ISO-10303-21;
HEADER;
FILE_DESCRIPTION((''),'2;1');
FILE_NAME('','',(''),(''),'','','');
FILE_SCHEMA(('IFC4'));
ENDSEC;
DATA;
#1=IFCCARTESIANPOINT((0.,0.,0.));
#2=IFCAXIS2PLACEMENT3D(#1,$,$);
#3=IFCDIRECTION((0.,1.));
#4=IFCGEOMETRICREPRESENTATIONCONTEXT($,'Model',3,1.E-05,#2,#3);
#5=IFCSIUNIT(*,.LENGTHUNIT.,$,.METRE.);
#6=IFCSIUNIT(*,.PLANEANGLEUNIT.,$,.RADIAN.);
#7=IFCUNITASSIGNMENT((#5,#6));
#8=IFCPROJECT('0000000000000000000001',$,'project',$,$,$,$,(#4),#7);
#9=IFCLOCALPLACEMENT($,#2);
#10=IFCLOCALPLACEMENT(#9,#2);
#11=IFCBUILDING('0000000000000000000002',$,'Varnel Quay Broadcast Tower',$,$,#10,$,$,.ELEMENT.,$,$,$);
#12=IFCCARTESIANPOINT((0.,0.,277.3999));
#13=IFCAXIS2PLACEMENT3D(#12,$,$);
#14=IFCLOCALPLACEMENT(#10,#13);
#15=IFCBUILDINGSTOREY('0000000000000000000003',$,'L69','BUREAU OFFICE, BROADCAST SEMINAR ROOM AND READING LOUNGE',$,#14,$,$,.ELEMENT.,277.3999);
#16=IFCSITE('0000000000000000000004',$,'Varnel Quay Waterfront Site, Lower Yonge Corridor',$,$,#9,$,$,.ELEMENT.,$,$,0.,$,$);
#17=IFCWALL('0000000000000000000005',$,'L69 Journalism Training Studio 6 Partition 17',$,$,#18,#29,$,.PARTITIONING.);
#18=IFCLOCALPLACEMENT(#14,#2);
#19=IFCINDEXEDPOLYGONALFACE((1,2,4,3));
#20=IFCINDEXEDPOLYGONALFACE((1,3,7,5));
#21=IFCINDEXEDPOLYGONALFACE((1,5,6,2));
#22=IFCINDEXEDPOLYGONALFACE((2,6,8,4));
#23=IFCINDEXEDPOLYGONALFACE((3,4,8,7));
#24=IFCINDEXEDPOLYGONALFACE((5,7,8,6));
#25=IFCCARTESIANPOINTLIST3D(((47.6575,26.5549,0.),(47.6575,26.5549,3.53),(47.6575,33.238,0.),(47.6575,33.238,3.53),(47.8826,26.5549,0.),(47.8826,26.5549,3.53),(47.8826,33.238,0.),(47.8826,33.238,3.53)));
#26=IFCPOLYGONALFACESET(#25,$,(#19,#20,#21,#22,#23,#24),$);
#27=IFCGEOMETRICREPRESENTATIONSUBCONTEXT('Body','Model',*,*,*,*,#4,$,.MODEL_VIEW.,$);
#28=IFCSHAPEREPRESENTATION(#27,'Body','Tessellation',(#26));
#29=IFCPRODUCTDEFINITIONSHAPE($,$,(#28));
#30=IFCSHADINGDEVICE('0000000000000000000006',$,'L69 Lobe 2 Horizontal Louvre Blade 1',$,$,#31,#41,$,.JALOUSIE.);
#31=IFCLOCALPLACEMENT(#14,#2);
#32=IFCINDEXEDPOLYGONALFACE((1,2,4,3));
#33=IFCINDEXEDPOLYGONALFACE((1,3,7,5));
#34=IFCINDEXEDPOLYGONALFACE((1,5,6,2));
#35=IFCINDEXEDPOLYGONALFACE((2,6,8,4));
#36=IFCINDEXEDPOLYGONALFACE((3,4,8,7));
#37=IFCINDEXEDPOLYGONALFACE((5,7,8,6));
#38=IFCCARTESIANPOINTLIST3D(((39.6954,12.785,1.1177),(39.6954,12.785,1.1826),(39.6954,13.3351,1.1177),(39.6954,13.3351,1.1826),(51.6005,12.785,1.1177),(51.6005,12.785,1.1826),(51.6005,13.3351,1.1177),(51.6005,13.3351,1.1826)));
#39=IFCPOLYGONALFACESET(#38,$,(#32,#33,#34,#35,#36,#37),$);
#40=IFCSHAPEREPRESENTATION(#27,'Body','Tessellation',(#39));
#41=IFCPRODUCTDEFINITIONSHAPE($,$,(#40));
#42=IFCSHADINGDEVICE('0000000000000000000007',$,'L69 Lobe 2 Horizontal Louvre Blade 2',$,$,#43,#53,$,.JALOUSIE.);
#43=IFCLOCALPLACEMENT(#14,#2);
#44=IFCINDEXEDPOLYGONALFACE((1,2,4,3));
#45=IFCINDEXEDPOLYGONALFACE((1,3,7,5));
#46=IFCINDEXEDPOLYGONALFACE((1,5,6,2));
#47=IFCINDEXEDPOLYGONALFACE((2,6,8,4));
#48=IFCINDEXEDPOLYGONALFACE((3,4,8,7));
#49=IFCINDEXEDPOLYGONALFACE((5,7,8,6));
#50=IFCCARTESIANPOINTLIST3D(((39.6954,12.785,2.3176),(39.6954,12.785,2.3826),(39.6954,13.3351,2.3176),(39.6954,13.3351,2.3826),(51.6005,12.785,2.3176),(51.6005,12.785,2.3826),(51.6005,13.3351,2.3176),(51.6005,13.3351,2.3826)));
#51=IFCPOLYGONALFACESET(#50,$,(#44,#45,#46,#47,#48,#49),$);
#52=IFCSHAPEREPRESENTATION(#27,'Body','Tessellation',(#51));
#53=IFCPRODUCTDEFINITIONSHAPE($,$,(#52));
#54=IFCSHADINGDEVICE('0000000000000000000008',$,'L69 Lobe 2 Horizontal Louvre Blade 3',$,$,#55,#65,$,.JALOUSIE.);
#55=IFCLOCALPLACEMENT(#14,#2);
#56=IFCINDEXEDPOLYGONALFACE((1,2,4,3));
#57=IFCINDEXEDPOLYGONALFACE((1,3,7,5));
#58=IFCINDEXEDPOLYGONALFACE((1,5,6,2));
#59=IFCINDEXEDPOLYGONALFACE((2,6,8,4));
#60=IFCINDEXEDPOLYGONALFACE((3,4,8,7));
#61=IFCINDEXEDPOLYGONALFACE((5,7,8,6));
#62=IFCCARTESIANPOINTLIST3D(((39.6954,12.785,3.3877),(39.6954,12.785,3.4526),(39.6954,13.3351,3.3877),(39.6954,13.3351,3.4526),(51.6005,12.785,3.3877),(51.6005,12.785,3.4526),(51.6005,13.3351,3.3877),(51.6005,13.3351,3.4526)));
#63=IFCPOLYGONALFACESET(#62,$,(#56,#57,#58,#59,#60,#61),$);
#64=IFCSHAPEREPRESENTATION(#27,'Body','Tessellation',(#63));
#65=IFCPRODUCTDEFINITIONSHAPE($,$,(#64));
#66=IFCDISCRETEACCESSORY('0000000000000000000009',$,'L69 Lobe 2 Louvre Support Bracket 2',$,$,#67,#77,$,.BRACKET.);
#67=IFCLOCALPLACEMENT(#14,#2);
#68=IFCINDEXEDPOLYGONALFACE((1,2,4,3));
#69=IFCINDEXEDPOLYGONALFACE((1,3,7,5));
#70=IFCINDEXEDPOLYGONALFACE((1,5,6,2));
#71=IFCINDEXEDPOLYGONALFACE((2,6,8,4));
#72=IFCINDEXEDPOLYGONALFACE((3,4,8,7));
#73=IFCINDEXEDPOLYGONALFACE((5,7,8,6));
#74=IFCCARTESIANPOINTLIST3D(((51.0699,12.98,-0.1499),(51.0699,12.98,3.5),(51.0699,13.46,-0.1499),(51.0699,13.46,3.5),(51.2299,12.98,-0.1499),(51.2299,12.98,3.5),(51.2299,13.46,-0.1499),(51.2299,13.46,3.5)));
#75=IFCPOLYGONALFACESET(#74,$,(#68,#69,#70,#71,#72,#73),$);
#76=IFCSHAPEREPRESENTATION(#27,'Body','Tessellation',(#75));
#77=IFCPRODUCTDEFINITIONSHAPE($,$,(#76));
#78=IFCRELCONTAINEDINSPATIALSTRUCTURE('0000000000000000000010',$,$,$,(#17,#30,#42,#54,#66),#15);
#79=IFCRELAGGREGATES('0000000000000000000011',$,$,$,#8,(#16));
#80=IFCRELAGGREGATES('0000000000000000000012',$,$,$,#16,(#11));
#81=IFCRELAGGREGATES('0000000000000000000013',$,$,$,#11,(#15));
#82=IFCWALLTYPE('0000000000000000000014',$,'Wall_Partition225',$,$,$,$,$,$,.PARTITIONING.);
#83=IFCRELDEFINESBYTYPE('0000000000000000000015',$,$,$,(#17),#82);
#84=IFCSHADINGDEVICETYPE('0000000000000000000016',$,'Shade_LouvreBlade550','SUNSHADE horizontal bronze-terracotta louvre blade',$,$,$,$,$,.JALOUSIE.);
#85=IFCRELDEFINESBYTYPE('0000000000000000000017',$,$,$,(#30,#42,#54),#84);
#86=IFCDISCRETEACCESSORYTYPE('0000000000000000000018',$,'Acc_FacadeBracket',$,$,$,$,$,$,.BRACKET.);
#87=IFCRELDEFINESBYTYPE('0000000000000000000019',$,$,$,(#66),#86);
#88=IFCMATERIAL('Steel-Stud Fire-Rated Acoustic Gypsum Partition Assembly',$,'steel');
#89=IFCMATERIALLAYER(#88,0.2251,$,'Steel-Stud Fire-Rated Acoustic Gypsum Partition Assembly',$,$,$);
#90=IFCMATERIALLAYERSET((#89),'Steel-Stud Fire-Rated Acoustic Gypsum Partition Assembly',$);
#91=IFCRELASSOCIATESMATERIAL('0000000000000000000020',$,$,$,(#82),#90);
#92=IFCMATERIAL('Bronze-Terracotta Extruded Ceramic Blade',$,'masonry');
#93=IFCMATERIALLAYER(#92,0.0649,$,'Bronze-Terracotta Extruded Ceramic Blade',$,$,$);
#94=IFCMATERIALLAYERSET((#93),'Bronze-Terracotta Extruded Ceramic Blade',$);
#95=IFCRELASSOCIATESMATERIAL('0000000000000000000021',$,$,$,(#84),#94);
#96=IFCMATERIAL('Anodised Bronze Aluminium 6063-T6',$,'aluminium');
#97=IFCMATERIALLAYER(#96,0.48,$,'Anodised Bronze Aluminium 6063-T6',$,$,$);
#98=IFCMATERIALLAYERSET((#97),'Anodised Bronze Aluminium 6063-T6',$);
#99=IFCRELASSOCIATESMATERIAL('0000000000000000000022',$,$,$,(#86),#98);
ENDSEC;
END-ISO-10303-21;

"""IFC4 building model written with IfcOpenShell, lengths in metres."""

from ifc_helpers import new_model, si_unit, direction, frame, frame_2d, origin, origin_2d, place, context, subcontext, project, spatial, rectangle, extrude, source, transform, mapped, material, layer, layer_set, type_object, type_shapes, element, save


model = new_model("IFC4")

# Units and contexts
model_context = context("Model", 3, precision=1e-05, world=origin(), true_north=direction((0.0, 1.0)))
body_context = subcontext(model_context, "Body", "Model", "MODEL_VIEW")
ifc_project = project(units=[si_unit("LENGTHUNIT", "METRE"), si_unit("PLANEANGLEUNIT", "RADIAN")], contexts=[model_context])

# Site, building, storey
site_placement = place(None, origin())
site = spatial("IfcSite", under=ifc_project, at=site_placement, Name="Varnel Quay Waterfront Site, Lower Yonge Corridor", CompositionType="ELEMENT", RefElevation=0.0)
building_placement = place(site_placement, origin())
building = spatial("IfcBuilding", under=site, at=building_placement, Name="Varnel Quay Broadcast Tower", CompositionType="ELEMENT")
storey_placement = place(building_placement, frame((0.0, 0.0, 277.3999)))
storey = spatial("IfcBuildingStorey", under=building, at=storey_placement, Name="L69", Description="BUREAU OFFICE, BROADCAST SEMINAR ROOM AND READING LOUNGE", CompositionType="ELEMENT", Elevation=277.3999)

# Shared definitions
ifc_material_1 = material(Name="Anodised Bronze Aluminium 6063-T6", Category="aluminium")

# Wall
ifc_material_2 = material(Name="Steel-Stud Fire-Rated Acoustic Gypsum Partition Assembly", Category="steel")
ifc_layer_1 = layer(ifc_material_2, 0.2251, Name="Steel-Stud Fire-Rated Acoustic Gypsum Partition Assembly")
ifc_layer_set_1 = layer_set([ifc_layer_1], Name="Steel-Stud Fire-Rated Acoustic Gypsum Partition Assembly")
wall_type_1 = type_object("IfcWallType", Name="Wall_Partition225", PredefinedType="PARTITIONING", material=ifc_layer_set_1)
wall_1_placement = place(storey_placement, frame((47.77, 26.5549, 0.0), z_axis=(0.0, 0.0, 1.0), x_axis=(0.0, 1.0, 0.0)))
element("IfcWall", 1, at=wall_1_placement, inside=storey, type_object=wall_type_1, Name="L69 Journalism Training Studio 6 Partition 17", PredefinedType="PARTITIONING", context=body_context, shape_type="SweptSolid", body=[
    extrude(rectangle(XDim=6.6831, YDim=0.2251, at=frame_2d((3.3416, 0.0))), origin(), (0.0, 0.0, 1.0), 3.53),
])

# Shading devices
ifc_material_3 = material(Name="Bronze-Terracotta Extruded Ceramic Blade", Category="masonry")
ifc_layer_2 = layer(ifc_material_3, 0.0649, Name="Bronze-Terracotta Extruded Ceramic Blade")
ifc_layer_set_2 = layer_set([ifc_layer_2], Name="Bronze-Terracotta Extruded Ceramic Blade")
shading_device_type = type_object("IfcShadingDeviceType", Name="Shade_LouvreBlade550", Description="SUNSHADE horizontal bronze-terracotta louvre blade", PredefinedType="JALOUSIE", material=ifc_layer_set_2)
shared_shape_1 = source(origin(), body_context, "Body", "SweptSolid", [
    extrude(rectangle(XDim=11.905, YDim=0.55, at=origin_2d()), origin(), (0.0, 0.0, 1.0), 0.0649),
])
type_shapes(shading_device_type, [shared_shape_1])
for number, where, z_axis, x_axis, name in (
    (2, (45.6479, 13.0601, 1.1177), (0.0, 0.0, 1.0), (1.0, 0.0, 0.0), "L69 Lobe 2 Horizontal Louvre Blade 1"),
    (3, (45.6479, 13.0601, 2.3176), (0.0, 0.0, 1.0), (1.0, 0.0, 0.0), "L69 Lobe 2 Horizontal Louvre Blade 2"),
    (4, (45.6479, 13.0601, 3.3877), (0.0, 0.0, 1.0), (1.0, 0.0, 0.0), "L69 Lobe 2 Horizontal Louvre Blade 3"),
):
    element("IfcShadingDevice", number, at=place(storey_placement, frame(where, z_axis=z_axis, x_axis=x_axis)), inside=storey, type_object=shading_device_type, Name=name, PredefinedType="JALOUSIE", context=body_context, shape_type="MappedRepresentation", body=[
        mapped(shared_shape_1, transform((0.0, 0.0, 0.0), x_axis=(1.0, 0.0, 0.0), y_axis=(0.0, 1.0, 0.0), z_axis=(0.0, 0.0, 1.0), scale=1.0)),
    ])

# Discrete accessory
ifc_layer_3 = layer(ifc_material_1, 0.48, Name="Anodised Bronze Aluminium 6063-T6")
ifc_layer_set_3 = layer_set([ifc_layer_3], Name="Anodised Bronze Aluminium 6063-T6")
discrete_accessory_type = type_object("IfcDiscreteAccessoryType", Name="Acc_FacadeBracket", PredefinedType="BRACKET", material=ifc_layer_set_3)
shared_shape_2 = source(origin(), body_context, "Body", "SweptSolid", [
    extrude(rectangle(XDim=0.1599, YDim=0.48, at=origin_2d()), origin(), (0.0, 0.0, 1.0), 3.6499),
])
type_shapes(discrete_accessory_type, [shared_shape_2])
discrete_accessory_placement = place(storey_placement, frame((51.1499, 13.22, -0.1499), z_axis=(0.0, 0.0, 1.0), x_axis=(1.0, 0.0, 0.0)))
element("IfcDiscreteAccessory", 5, at=discrete_accessory_placement, inside=storey, type_object=discrete_accessory_type, Name="L69 Lobe 2 Louvre Support Bracket 2", PredefinedType="BRACKET", context=body_context, shape_type="MappedRepresentation", body=[
    mapped(shared_shape_2, transform((0.0, 0.0, 0.0), x_axis=(1.0, 0.0, 0.0), y_axis=(0.0, 1.0, 0.0), z_axis=(0.0, 0.0, 1.0), scale=1.0)),
])

save(model, "model.ifc")
